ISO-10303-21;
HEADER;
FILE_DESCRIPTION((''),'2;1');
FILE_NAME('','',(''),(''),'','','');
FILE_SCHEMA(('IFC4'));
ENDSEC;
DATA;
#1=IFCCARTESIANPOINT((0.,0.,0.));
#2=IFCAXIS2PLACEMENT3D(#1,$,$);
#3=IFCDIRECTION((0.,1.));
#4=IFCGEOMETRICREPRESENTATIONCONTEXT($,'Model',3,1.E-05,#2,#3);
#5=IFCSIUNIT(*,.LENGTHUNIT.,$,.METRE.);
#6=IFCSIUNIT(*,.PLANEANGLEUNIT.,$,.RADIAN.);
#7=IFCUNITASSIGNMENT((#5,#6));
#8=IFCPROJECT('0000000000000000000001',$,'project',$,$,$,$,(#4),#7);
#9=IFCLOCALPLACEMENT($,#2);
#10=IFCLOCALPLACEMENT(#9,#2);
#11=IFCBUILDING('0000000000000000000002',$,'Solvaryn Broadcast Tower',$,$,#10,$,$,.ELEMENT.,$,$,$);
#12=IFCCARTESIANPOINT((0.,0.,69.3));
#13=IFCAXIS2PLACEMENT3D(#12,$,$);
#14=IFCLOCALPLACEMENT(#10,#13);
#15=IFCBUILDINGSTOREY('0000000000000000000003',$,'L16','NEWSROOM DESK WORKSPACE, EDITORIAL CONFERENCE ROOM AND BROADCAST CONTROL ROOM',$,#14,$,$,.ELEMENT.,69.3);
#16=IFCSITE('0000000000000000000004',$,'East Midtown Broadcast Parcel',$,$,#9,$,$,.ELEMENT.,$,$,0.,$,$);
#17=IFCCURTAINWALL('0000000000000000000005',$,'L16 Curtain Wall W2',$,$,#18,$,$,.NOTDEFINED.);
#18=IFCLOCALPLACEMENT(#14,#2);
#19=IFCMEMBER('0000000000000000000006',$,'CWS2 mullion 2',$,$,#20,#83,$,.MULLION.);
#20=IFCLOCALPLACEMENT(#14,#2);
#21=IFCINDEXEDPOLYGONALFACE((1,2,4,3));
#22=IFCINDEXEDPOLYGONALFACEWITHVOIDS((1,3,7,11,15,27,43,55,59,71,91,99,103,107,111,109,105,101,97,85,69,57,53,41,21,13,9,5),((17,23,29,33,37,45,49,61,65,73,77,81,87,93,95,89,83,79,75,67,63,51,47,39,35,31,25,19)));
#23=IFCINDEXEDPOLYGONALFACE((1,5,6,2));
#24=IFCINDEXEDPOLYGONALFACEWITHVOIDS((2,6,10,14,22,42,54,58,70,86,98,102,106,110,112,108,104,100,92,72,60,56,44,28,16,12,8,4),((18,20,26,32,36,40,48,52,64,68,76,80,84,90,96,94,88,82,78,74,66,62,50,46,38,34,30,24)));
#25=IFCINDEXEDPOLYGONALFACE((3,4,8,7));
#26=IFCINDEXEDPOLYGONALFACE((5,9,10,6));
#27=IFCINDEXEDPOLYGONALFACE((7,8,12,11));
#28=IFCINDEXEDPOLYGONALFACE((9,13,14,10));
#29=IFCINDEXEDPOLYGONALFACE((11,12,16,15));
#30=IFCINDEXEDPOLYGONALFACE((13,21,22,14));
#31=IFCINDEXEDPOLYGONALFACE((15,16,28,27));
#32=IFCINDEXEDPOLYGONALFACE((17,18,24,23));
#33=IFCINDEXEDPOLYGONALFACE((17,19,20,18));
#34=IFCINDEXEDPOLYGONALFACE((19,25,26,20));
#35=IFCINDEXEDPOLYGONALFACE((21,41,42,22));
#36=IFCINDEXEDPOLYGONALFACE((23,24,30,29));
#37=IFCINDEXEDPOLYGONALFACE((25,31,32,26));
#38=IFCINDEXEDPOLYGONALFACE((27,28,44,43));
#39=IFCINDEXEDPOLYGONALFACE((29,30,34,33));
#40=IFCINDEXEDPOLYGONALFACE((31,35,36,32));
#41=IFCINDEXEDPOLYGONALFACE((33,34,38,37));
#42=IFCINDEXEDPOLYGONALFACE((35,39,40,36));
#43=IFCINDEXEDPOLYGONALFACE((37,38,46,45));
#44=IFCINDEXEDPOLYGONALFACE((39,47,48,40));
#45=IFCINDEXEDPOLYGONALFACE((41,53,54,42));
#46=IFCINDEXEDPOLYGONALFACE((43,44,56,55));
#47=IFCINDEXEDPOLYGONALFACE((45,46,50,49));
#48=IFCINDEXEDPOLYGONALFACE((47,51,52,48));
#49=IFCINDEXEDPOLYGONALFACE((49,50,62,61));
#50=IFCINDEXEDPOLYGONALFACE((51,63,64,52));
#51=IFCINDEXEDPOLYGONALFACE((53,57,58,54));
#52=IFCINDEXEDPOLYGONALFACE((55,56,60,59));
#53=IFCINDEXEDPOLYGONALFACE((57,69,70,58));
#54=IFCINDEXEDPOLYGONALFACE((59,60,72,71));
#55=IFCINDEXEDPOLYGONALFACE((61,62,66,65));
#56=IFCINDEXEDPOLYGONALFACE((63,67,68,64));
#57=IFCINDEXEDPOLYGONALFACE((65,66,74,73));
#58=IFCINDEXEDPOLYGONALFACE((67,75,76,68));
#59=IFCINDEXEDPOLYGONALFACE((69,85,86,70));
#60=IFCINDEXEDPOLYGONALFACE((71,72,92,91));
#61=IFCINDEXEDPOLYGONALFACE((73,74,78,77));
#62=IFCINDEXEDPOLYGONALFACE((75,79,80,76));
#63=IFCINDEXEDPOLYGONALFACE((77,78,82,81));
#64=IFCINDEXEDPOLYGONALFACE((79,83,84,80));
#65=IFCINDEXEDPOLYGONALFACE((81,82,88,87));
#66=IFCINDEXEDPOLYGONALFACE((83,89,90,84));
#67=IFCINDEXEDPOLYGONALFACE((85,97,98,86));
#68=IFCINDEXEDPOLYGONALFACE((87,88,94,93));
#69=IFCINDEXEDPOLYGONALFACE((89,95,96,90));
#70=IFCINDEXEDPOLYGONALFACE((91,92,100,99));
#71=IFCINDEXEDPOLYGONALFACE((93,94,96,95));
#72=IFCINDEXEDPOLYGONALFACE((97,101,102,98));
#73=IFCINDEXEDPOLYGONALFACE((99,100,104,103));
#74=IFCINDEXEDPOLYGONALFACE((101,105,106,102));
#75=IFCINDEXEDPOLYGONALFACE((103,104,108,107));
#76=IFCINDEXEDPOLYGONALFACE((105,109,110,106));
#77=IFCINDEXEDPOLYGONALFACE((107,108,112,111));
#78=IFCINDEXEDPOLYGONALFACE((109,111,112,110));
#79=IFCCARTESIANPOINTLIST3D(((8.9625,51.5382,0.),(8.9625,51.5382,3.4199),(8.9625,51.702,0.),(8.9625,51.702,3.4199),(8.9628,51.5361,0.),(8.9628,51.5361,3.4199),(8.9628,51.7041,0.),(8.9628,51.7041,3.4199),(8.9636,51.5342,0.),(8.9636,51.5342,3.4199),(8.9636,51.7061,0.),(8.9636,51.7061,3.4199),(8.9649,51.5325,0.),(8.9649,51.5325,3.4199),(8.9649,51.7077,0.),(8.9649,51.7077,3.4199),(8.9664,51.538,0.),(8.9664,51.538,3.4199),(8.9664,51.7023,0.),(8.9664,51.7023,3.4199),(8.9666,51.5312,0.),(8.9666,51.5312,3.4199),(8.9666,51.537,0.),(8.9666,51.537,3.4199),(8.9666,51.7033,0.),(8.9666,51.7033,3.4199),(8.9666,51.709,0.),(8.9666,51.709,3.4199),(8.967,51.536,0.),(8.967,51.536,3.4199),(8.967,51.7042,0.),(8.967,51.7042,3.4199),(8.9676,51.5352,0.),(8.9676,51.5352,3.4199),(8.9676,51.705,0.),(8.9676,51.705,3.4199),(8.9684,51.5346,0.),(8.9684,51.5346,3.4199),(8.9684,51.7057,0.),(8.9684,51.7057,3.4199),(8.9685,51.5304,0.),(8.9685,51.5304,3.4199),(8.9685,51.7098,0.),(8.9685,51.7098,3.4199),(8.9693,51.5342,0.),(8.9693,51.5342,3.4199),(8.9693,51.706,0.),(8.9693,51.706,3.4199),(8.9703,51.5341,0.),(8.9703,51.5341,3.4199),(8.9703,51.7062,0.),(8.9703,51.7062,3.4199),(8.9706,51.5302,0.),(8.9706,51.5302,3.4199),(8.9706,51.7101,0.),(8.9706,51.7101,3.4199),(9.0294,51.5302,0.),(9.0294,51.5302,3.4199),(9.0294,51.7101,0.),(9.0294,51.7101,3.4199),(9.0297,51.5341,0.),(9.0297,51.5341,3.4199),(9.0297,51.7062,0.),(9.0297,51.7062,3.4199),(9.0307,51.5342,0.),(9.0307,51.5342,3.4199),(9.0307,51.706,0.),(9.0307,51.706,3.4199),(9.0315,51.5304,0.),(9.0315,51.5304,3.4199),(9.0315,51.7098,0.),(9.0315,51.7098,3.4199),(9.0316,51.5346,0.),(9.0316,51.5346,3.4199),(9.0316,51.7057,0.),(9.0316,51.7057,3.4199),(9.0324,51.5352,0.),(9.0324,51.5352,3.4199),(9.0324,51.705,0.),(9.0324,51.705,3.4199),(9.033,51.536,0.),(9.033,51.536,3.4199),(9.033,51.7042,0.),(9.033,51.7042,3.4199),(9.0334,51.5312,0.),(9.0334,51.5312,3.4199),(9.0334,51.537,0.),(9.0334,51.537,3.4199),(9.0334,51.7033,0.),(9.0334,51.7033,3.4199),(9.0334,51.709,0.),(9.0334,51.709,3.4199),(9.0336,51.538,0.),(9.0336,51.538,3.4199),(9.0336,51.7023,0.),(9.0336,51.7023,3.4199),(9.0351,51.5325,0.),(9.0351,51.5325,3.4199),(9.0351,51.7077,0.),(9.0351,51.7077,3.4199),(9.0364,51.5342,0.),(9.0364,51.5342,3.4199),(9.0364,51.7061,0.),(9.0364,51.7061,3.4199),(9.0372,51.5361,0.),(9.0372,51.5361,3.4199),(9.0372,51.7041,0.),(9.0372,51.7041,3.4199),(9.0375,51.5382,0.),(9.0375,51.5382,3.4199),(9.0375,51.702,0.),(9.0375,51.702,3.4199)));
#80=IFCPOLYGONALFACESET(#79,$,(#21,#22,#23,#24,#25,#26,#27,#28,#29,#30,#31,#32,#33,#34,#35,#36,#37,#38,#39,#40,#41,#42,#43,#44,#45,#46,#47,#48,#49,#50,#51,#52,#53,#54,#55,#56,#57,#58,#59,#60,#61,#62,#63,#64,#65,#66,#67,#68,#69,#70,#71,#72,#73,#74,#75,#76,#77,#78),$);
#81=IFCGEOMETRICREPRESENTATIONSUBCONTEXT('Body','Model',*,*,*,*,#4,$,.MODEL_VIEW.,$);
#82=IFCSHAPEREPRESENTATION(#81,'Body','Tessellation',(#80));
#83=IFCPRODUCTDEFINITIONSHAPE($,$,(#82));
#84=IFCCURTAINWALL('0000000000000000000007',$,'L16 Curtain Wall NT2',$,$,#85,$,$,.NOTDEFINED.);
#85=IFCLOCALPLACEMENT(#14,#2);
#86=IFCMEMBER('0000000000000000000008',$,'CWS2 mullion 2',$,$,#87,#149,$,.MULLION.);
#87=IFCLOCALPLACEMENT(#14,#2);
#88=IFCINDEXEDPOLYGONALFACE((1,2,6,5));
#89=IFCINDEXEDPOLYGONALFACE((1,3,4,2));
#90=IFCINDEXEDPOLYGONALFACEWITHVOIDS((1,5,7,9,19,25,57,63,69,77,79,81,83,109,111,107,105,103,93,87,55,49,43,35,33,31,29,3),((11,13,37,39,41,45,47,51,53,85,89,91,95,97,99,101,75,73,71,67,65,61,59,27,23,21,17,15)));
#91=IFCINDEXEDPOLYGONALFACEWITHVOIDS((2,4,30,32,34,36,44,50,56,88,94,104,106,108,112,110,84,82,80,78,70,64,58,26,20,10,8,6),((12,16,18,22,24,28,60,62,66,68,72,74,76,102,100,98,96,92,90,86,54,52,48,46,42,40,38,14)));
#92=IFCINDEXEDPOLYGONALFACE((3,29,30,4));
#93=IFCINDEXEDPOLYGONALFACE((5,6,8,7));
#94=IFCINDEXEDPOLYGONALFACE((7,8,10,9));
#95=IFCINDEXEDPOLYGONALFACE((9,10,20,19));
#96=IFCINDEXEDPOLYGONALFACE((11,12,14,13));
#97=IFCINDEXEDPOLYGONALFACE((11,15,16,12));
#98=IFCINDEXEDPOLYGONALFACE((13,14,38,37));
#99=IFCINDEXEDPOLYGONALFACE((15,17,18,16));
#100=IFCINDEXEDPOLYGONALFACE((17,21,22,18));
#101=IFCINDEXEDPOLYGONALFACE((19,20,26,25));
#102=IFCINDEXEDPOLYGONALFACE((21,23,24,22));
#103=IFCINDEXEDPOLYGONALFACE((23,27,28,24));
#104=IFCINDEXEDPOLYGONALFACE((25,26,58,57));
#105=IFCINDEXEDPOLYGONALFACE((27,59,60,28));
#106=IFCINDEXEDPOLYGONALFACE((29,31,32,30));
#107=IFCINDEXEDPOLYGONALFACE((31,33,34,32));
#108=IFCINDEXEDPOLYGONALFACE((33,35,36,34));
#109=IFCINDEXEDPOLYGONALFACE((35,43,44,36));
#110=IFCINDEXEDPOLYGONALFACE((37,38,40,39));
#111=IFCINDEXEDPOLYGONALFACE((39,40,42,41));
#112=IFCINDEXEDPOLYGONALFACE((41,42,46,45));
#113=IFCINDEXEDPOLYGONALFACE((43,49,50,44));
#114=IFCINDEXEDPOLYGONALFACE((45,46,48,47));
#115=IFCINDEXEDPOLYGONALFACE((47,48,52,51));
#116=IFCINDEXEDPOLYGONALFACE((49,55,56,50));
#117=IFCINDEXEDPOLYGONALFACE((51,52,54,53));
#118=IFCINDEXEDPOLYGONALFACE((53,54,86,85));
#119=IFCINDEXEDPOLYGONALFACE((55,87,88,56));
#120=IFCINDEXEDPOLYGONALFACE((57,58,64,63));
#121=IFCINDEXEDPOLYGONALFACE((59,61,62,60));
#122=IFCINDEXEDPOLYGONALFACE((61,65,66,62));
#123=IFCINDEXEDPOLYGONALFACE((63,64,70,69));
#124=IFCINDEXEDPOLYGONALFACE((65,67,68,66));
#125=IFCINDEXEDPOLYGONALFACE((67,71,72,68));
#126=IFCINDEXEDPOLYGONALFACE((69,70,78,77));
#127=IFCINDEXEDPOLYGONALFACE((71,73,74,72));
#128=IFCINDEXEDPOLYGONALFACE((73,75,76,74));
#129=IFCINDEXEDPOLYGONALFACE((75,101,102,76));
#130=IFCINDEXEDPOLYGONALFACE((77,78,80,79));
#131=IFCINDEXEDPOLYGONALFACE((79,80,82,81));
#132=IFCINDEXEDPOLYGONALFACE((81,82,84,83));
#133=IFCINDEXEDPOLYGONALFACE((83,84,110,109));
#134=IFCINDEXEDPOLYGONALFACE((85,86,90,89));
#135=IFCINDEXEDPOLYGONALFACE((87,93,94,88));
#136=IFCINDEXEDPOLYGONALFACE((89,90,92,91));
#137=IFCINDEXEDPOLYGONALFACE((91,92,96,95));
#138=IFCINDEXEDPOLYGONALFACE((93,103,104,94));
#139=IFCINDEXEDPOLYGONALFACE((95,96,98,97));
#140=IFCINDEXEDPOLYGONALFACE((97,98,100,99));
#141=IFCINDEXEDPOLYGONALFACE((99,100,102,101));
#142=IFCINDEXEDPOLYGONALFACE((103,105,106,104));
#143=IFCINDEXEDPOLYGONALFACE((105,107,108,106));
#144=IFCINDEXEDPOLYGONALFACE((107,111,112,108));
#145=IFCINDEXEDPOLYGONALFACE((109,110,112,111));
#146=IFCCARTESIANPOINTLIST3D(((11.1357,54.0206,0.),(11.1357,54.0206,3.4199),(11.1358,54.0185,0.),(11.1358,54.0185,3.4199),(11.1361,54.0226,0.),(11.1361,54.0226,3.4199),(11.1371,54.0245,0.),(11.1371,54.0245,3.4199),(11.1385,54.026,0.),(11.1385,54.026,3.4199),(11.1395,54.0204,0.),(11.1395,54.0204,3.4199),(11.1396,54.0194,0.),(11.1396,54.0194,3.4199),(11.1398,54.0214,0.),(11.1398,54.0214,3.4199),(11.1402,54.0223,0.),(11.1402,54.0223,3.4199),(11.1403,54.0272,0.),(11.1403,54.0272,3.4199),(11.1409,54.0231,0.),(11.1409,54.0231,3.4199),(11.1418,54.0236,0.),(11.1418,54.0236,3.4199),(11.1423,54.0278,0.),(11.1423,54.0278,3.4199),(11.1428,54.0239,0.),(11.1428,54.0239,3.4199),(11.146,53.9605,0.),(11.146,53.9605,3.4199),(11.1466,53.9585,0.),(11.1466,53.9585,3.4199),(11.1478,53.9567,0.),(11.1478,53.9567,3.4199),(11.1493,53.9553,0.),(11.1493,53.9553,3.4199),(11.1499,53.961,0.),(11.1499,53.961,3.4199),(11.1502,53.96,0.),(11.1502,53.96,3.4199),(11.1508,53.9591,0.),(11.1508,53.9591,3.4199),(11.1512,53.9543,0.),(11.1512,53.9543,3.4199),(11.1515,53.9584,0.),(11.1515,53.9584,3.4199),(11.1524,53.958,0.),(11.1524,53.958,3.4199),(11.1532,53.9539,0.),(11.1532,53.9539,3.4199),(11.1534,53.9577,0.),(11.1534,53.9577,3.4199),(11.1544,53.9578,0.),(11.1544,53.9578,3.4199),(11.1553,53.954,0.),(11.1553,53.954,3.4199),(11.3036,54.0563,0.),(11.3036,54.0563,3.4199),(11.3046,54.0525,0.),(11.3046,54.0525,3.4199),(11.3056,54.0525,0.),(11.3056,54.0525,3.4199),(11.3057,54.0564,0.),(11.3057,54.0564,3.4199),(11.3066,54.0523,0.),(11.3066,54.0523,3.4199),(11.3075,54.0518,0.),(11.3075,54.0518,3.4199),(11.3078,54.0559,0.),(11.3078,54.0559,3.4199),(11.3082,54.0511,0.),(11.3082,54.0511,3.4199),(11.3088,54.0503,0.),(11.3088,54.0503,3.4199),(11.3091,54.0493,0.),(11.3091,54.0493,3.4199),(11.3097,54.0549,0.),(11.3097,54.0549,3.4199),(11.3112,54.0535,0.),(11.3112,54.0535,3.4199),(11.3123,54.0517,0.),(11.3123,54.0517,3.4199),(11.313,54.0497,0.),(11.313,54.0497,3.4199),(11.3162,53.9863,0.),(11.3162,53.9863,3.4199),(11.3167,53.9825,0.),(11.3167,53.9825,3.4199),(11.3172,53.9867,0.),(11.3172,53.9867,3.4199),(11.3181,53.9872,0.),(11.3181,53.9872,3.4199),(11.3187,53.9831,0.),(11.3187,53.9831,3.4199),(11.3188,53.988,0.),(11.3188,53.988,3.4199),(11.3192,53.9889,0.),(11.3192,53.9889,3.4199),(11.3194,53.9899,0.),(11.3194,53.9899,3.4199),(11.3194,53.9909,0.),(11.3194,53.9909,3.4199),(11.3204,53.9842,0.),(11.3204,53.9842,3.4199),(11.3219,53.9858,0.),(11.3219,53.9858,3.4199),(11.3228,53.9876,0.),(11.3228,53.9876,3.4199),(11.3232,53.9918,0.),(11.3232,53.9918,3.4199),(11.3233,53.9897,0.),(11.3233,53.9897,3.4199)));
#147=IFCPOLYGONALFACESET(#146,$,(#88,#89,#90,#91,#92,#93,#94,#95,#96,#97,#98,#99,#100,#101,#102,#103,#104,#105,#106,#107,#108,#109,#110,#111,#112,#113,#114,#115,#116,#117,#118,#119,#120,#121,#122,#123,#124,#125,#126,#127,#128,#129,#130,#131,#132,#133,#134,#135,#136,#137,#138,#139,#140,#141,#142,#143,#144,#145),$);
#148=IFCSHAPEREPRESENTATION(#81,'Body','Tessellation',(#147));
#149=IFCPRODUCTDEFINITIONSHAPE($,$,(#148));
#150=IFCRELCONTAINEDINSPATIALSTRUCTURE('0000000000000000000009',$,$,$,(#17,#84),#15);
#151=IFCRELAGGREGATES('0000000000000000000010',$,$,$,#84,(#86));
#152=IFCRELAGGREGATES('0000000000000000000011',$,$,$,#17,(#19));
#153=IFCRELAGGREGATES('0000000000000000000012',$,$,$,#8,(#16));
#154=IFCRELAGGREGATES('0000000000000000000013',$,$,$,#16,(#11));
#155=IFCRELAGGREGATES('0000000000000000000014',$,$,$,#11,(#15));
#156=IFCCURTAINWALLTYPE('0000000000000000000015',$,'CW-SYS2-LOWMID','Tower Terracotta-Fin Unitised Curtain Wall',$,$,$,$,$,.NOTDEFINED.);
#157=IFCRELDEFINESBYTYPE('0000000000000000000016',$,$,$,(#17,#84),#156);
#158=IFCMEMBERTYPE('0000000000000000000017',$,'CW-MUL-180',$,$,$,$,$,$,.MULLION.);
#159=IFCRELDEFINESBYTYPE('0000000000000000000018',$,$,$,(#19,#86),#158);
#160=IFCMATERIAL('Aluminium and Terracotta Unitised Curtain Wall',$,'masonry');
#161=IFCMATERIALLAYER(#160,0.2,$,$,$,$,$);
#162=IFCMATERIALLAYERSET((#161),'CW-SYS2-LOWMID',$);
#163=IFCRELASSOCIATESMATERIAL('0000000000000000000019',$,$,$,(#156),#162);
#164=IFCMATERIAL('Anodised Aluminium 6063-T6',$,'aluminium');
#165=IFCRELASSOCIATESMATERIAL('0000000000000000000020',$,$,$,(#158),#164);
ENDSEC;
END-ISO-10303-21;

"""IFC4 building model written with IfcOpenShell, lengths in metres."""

from ifc_helpers import new_model, si_unit, direction, frame, origin, origin_2d, place, context, subcontext, project, spatial, hollow_rectangle, extrude, material, layer, layer_set, material_profile, profile_set, type_object, element, aggregate, save


model = new_model("IFC4")

# Units and contexts
model_context = context("Model", 3, precision=1e-05, world=origin(), true_north=direction((0.0, 1.0)))
body_context = subcontext(model_context, "Body", "Model", "MODEL_VIEW")
ifc_project = project(units=[si_unit("LENGTHUNIT", "METRE"), si_unit("PLANEANGLEUNIT", "RADIAN")], contexts=[model_context])

# Site, building, storey
site_placement = place(None, origin())
site = spatial("IfcSite", under=ifc_project, at=site_placement, Name="East Midtown Broadcast Parcel", CompositionType="ELEMENT", RefElevation=0.0)
building_placement = place(site_placement, origin())
building = spatial("IfcBuilding", under=site, at=building_placement, Name="Solvaryn Broadcast Tower", CompositionType="ELEMENT")
storey_placement = place(building_placement, frame((0.0, 0.0, 69.3)))
storey = spatial("IfcBuildingStorey", under=building, at=storey_placement, Name="L16", Description="NEWSROOM DESK WORKSPACE, EDITORIAL CONFERENCE ROOM AND BROADCAST CONTROL ROOM", CompositionType="ELEMENT", Elevation=69.3)

# Shared definitions
ifc_material_1 = material(Name="Aluminium and Terracotta Unitised Curtain Wall", Category="masonry")
ifc_layer_1 = layer(ifc_material_1, 0.2)
ifc_layer_set_1 = layer_set([ifc_layer_1], Name="CW-SYS2-LOWMID")
curtain_wall_type = type_object("IfcCurtainWallType", Name="CW-SYS2-LOWMID", Description="Tower Terracotta-Fin Unitised Curtain Wall", PredefinedType="NOTDEFINED", material=ifc_layer_set_1)
ifc_material_2 = material(Name="Anodised Aluminium 6063-T6", Category="aluminium")
ifc_material_profile_1 = material_profile(ifc_material_2, hollow_rectangle(XDim=0.075, YDim=0.1799, WallThickness=0.0039, InnerFilletRadius=0.0039, OuterFilletRadius=0.0081, at=origin_2d()))
ifc_profile_set_1 = profile_set([ifc_material_profile_1], Name="Anodised Aluminium 6063-T6")
member_type_1 = type_object("IfcMemberType", Name="CW-MUL-180", PredefinedType="MULLION", material=ifc_profile_set_1)

# Curtain wall, member
curtain_wall_1_placement = place(storey_placement, origin())
curtain_wall_1 = element("IfcCurtainWall", 1, at=curtain_wall_1_placement, inside=storey, type_object=curtain_wall_type, Name="L16 Curtain Wall W2", PredefinedType="NOTDEFINED")
member_1_placement = place(storey_placement, frame((9.0, 51.6201, 0.0), z_axis=(0.0, 0.0, 1.0), x_axis=(-1.0, 0.0, 0.0)))
member_1 = element("IfcMember", 2, at=member_1_placement, type_object=member_type_1, Name="CWS2 mullion 2", PredefinedType="MULLION", context=body_context, shape_type="SweptSolid", body=[
    extrude(hollow_rectangle(XDim=0.075, YDim=0.1799, WallThickness=0.0039, InnerFilletRadius=0.0039, OuterFilletRadius=0.0081, at=origin_2d()), origin(), (0.0, 0.0, 1.0), 3.4199),
])

# Curtain wall, member
curtain_wall_2_placement = place(storey_placement, origin())
curtain_wall_2 = element("IfcCurtainWall", 3, at=curtain_wall_2_placement, inside=storey, type_object=curtain_wall_type, Name="L16 Curtain Wall NT2", PredefinedType="NOTDEFINED")
member_2_placement = place(storey_placement, frame((11.2295, 54.0051, 0.0), z_axis=(0.0, 0.0, 1.0), x_axis=(0.173785, -0.984784, 0.0)))
member_2 = element("IfcMember", 4, at=member_2_placement, type_object=member_type_1, Name="CWS2 mullion 2", PredefinedType="MULLION", context=body_context, shape_type="SweptSolid", body=[
    extrude(hollow_rectangle(XDim=0.075, YDim=0.1799, WallThickness=0.0039, InnerFilletRadius=0.0039, OuterFilletRadius=0.0081, at=origin_2d()), origin(), (0.0, 0.0, 1.0), 3.4199),
])
aggregate(curtain_wall_2, [member_2])

aggregate(curtain_wall_1, [member_1])

save(model, "model.ifc")
